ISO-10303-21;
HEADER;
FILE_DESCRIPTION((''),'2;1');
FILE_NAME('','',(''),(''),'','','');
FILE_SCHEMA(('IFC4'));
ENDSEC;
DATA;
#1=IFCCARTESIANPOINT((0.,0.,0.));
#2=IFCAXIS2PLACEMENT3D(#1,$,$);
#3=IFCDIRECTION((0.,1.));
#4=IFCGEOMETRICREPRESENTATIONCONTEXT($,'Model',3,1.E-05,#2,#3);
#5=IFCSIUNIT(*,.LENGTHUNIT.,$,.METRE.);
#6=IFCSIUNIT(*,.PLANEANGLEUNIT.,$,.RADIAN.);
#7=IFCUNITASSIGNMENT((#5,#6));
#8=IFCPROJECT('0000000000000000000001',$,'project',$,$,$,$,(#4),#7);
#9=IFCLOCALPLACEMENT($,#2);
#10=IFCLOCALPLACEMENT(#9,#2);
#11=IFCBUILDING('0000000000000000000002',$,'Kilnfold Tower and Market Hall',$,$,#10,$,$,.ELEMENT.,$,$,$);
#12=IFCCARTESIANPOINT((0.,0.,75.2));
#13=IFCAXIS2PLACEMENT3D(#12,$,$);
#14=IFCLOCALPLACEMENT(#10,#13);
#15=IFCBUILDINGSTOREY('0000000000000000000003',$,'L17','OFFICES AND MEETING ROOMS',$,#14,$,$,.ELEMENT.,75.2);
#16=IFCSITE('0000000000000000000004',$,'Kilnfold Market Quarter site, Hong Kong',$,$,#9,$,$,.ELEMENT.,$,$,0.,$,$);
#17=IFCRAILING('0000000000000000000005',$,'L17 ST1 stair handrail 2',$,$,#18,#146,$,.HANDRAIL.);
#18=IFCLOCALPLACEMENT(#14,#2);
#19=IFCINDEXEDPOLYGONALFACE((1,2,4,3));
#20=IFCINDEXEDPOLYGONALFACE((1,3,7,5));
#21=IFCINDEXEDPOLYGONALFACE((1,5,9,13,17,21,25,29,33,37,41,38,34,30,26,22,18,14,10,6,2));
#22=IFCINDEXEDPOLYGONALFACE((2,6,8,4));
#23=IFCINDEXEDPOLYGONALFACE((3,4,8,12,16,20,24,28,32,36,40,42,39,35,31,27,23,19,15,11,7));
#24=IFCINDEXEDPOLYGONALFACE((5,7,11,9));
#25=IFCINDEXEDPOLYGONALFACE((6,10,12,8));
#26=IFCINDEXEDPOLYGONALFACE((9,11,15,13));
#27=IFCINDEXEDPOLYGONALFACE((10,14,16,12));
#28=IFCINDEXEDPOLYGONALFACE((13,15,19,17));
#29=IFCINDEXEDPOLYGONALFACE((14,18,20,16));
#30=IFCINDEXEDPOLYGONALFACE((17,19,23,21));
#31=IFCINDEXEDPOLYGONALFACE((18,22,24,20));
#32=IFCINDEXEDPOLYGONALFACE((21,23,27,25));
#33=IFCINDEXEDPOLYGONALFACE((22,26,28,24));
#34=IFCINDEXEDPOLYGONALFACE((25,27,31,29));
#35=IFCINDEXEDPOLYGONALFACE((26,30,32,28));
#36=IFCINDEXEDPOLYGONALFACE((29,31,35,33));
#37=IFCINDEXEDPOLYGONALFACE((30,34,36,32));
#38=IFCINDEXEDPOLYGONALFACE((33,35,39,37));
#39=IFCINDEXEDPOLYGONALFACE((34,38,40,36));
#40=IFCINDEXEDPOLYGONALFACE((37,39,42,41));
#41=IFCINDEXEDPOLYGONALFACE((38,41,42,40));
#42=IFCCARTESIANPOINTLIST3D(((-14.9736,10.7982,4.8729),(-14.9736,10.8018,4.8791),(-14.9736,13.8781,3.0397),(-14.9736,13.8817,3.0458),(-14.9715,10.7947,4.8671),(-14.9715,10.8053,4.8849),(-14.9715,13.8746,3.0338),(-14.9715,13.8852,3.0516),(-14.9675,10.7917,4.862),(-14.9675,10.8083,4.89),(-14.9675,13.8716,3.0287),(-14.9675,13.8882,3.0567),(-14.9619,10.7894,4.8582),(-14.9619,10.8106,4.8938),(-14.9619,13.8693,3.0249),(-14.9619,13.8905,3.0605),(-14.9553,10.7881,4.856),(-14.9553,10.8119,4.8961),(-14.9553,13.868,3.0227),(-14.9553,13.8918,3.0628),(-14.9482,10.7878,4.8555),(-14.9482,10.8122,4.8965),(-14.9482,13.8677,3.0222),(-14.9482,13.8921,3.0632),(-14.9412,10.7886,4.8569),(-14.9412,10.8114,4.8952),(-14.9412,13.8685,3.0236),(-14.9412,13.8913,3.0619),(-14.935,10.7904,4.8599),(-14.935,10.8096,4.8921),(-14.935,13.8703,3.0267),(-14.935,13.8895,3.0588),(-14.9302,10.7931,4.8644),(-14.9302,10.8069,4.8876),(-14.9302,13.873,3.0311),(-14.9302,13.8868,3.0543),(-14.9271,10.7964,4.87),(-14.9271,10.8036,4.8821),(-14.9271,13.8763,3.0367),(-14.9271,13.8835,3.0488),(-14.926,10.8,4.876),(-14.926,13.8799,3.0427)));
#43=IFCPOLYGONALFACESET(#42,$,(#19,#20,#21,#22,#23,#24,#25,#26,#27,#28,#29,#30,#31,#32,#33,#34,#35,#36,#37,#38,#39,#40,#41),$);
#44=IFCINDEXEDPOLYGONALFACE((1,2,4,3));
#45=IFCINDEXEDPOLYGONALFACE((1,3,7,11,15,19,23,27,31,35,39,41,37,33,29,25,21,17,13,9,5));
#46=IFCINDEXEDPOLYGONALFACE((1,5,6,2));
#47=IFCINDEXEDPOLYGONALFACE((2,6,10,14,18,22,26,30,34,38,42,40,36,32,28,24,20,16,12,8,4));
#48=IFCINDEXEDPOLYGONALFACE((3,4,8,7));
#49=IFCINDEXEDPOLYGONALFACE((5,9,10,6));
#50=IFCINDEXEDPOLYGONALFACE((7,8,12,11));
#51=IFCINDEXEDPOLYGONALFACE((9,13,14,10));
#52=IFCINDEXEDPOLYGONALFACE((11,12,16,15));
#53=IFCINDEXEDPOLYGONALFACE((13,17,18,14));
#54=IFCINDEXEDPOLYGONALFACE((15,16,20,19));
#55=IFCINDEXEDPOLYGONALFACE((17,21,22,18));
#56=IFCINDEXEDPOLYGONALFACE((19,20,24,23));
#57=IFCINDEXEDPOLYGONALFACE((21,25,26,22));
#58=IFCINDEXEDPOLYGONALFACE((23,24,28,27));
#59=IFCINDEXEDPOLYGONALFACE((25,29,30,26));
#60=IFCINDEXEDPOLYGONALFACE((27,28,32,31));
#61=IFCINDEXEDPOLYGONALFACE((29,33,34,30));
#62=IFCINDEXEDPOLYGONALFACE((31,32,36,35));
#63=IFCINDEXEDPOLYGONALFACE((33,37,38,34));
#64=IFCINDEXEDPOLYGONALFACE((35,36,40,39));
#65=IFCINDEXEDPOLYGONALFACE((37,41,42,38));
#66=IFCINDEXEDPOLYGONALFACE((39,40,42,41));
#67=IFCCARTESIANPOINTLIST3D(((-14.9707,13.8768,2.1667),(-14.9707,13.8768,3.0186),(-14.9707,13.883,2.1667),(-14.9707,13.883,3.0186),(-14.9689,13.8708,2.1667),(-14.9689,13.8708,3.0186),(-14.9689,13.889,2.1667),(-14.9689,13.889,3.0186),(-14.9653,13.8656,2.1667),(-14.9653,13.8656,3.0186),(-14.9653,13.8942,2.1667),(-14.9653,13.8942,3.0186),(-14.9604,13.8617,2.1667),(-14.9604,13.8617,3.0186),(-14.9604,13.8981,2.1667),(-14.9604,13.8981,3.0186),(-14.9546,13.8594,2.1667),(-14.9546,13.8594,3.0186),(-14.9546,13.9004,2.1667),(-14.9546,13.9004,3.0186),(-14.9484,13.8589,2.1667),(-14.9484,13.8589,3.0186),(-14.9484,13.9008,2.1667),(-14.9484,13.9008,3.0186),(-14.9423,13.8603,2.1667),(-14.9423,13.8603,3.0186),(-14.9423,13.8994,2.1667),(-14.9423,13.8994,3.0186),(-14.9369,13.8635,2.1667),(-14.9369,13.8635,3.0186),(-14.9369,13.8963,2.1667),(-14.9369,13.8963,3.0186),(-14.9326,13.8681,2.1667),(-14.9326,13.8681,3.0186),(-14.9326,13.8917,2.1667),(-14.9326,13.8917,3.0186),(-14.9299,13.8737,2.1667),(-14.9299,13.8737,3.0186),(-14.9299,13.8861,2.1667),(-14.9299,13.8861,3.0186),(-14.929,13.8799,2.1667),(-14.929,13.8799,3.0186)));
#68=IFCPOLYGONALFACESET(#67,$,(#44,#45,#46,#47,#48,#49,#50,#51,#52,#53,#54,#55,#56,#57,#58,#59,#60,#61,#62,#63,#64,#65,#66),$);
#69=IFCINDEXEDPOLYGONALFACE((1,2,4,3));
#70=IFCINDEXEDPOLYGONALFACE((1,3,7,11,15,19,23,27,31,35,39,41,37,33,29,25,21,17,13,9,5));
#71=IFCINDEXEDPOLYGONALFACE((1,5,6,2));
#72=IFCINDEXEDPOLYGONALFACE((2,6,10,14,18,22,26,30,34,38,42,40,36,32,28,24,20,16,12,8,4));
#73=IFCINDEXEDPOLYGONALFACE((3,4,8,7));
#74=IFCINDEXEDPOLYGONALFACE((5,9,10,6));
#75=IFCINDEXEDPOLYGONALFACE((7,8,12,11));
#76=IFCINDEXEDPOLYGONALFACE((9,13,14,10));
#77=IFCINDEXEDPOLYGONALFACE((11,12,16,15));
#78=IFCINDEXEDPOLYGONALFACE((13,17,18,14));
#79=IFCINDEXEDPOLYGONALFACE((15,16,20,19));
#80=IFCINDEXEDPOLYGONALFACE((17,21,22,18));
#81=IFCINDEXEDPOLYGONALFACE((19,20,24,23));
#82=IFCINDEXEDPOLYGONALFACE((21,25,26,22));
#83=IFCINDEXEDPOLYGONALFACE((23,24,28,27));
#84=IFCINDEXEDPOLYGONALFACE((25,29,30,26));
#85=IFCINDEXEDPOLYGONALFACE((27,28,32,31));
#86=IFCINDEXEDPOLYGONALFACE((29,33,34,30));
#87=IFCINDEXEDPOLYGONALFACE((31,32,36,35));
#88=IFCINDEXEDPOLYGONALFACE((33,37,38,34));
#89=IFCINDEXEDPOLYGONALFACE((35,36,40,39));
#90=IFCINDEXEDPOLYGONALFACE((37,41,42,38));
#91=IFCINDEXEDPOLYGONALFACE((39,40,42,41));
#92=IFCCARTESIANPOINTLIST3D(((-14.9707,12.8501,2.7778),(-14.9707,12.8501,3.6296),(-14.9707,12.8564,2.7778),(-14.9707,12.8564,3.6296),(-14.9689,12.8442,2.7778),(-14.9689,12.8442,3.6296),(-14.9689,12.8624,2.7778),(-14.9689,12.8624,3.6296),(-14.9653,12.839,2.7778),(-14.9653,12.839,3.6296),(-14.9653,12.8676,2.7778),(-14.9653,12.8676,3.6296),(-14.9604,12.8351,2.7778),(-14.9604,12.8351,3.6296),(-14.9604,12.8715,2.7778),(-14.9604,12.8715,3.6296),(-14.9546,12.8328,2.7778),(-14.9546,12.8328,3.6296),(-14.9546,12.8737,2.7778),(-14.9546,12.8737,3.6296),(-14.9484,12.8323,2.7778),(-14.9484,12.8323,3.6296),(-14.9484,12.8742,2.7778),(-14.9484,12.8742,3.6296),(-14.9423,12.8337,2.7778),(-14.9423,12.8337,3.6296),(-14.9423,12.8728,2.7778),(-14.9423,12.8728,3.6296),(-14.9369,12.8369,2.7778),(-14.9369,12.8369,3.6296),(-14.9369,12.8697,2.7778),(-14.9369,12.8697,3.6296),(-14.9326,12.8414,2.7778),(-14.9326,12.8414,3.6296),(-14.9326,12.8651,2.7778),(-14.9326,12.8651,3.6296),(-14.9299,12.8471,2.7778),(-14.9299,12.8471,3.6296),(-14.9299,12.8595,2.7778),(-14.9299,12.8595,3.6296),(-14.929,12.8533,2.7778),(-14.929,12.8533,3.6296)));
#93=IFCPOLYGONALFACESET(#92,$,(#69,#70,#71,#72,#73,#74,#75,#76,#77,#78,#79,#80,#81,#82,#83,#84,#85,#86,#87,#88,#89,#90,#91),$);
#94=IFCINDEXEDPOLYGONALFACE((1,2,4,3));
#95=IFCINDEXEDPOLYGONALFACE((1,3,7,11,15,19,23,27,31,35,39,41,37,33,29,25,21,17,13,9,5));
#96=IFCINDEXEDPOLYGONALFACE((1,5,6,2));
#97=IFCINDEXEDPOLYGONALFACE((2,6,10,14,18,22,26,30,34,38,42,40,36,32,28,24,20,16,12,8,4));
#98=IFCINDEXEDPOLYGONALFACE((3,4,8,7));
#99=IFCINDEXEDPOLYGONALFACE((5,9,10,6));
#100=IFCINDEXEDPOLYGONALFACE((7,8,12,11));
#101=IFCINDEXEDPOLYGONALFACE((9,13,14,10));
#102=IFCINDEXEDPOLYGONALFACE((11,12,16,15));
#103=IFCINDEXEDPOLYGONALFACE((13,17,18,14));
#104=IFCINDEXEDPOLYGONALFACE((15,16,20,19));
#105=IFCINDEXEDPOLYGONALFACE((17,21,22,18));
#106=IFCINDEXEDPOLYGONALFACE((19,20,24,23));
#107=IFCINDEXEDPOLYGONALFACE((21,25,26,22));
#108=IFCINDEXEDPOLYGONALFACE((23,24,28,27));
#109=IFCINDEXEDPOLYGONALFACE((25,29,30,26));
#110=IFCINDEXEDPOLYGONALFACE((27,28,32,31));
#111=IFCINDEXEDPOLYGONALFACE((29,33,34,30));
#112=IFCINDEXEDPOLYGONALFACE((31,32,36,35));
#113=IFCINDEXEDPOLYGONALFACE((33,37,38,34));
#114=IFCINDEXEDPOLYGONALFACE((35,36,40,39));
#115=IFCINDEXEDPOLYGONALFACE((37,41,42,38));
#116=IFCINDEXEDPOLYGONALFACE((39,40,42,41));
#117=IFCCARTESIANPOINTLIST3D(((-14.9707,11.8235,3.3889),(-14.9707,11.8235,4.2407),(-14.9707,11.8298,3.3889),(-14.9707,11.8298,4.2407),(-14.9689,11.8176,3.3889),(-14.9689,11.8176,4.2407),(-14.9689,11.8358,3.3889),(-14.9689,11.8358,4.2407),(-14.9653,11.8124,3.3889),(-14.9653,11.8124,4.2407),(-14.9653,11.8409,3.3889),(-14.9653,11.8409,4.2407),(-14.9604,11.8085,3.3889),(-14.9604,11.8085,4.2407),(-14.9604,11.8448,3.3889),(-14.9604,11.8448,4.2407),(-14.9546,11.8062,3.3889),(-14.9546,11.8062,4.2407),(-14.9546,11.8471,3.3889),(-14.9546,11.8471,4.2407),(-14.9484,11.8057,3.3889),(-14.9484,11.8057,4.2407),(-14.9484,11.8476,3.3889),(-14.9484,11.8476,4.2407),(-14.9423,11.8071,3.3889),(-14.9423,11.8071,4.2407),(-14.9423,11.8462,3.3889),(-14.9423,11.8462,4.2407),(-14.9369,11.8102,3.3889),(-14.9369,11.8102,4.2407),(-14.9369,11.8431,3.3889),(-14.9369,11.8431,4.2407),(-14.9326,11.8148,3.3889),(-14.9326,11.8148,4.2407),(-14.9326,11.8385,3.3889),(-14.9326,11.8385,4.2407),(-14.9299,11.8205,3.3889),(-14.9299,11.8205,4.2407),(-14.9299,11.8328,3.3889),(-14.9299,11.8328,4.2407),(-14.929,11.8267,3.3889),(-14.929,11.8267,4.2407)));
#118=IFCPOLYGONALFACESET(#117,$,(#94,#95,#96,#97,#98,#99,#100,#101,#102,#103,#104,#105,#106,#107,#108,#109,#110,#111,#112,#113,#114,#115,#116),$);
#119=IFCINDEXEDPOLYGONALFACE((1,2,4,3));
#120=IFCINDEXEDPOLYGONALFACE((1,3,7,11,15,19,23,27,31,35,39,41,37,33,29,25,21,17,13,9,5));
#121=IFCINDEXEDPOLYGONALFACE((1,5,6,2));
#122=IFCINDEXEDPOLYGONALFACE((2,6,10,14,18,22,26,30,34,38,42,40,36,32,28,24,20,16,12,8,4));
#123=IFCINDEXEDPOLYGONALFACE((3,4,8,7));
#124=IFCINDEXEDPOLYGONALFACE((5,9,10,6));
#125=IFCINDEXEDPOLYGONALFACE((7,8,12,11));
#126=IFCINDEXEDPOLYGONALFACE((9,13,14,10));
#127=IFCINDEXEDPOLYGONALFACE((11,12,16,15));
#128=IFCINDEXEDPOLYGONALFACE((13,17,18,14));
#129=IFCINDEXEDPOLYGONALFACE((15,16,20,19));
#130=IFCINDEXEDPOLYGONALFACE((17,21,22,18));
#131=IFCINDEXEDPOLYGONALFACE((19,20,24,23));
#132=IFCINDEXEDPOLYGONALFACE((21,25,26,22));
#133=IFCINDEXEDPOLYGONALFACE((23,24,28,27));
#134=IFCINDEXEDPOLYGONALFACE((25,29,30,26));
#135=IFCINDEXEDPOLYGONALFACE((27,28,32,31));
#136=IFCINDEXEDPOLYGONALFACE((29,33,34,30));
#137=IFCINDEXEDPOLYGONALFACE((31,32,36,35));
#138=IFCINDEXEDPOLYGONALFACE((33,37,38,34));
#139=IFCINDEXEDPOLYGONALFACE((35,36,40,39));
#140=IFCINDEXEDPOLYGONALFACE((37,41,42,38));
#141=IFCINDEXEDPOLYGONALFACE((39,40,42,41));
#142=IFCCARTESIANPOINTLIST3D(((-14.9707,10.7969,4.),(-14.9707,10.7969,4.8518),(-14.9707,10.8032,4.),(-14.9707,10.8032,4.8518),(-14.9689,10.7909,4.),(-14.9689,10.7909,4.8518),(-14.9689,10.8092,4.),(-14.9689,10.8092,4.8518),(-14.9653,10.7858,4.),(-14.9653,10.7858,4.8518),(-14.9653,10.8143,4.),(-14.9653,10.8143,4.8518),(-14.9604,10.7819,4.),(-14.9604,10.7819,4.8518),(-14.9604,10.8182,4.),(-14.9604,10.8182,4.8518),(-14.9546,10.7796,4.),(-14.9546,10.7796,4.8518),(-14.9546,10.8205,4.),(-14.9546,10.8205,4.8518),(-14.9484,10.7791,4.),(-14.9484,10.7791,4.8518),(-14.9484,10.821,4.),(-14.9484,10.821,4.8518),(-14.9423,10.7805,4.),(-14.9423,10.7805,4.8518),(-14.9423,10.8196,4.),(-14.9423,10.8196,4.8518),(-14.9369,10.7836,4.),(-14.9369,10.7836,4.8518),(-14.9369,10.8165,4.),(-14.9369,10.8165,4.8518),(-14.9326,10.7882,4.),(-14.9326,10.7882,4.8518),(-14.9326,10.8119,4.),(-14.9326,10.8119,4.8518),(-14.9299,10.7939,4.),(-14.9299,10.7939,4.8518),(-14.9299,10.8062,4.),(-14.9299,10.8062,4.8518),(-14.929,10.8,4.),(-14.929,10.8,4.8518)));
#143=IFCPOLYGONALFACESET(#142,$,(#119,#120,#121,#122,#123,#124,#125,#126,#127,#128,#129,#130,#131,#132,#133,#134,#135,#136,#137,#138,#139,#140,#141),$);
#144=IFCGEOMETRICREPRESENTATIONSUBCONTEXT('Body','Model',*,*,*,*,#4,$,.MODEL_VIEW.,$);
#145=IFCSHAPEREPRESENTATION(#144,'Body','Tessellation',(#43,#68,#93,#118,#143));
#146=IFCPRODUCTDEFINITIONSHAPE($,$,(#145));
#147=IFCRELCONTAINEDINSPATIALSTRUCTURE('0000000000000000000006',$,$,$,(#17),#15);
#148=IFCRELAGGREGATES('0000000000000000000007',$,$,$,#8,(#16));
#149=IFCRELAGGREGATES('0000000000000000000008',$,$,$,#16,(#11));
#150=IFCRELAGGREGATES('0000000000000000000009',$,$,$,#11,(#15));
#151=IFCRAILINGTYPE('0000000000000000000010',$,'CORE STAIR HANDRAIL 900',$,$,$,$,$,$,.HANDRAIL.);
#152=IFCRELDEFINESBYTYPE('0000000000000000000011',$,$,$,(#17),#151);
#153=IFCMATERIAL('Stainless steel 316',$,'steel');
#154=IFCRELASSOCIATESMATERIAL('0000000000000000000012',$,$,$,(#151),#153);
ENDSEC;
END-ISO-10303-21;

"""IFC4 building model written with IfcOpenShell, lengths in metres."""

from ifc_helpers import new_model, si_unit, direction, frame, origin, origin_2d, place, context, subcontext, project, spatial, circle, extrude, material, type_object, element, save


model = new_model("IFC4")

# Units and contexts
model_context = context("Model", 3, precision=1e-05, world=origin(), true_north=direction((0.0, 1.0)))
body_context = subcontext(model_context, "Body", "Model", "MODEL_VIEW")
ifc_project = project(units=[si_unit("LENGTHUNIT", "METRE"), si_unit("PLANEANGLEUNIT", "RADIAN")], contexts=[model_context])

# Site, building, storey
site_placement = place(None, origin())
site = spatial("IfcSite", under=ifc_project, at=site_placement, Name="Kilnfold Market Quarter site, Hong Kong", CompositionType="ELEMENT", RefElevation=0.0)
building_placement = place(site_placement, origin())
building = spatial("IfcBuilding", under=site, at=building_placement, Name="Kilnfold Tower and Market Hall", CompositionType="ELEMENT")
storey_placement = place(building_placement, frame((0.0, 0.0, 75.2)))
storey = spatial("IfcBuildingStorey", under=building, at=storey_placement, Name="L17", Description="OFFICES AND MEETING ROOMS", CompositionType="ELEMENT", Elevation=75.2)

# Railing
ifc_material_1 = material(Name="Stainless steel 316", Category="steel")
railing_type_1 = type_object("IfcRailingType", Name="CORE STAIR HANDRAIL 900", PredefinedType="HANDRAIL", material=ifc_material_1)
railing_1_placement = place(storey_placement, frame((-14.95, 13.8799, 2.1667)))
element("IfcRailing", 1, at=railing_1_placement, inside=storey, type_object=railing_type_1, Name="L17 ST1 stair handrail 2", PredefinedType="HANDRAIL", context=body_context, shape_type="SweptSolid", body=[
    extrude(circle(Radius=0.0239, at=origin_2d()), frame((0.0, 0.0, 0.876), z_axis=(0.0, -0.859291, 0.511487), x_axis=(1.0, 0.0, 0.0)), (0.0, 0.0, 1.0), 3.5842),
    extrude(circle(Radius=0.021, at=origin_2d()), origin(), (0.0, 0.0, 1.0), 0.8518),
    extrude(circle(Radius=0.021, at=origin_2d()), frame((0.0, -1.0266, 0.6111)), (0.0, 0.0, 1.0), 0.8518),
    extrude(circle(Radius=0.021, at=origin_2d()), frame((0.0, -2.0532, 1.2222)), (0.0, 0.0, 1.0), 0.8518),
    extrude(circle(Radius=0.021, at=origin_2d()), frame((0.0, -3.0798, 1.8333)), (0.0, 0.0, 1.0), 0.8518),
])

save(model, "model.ifc")
